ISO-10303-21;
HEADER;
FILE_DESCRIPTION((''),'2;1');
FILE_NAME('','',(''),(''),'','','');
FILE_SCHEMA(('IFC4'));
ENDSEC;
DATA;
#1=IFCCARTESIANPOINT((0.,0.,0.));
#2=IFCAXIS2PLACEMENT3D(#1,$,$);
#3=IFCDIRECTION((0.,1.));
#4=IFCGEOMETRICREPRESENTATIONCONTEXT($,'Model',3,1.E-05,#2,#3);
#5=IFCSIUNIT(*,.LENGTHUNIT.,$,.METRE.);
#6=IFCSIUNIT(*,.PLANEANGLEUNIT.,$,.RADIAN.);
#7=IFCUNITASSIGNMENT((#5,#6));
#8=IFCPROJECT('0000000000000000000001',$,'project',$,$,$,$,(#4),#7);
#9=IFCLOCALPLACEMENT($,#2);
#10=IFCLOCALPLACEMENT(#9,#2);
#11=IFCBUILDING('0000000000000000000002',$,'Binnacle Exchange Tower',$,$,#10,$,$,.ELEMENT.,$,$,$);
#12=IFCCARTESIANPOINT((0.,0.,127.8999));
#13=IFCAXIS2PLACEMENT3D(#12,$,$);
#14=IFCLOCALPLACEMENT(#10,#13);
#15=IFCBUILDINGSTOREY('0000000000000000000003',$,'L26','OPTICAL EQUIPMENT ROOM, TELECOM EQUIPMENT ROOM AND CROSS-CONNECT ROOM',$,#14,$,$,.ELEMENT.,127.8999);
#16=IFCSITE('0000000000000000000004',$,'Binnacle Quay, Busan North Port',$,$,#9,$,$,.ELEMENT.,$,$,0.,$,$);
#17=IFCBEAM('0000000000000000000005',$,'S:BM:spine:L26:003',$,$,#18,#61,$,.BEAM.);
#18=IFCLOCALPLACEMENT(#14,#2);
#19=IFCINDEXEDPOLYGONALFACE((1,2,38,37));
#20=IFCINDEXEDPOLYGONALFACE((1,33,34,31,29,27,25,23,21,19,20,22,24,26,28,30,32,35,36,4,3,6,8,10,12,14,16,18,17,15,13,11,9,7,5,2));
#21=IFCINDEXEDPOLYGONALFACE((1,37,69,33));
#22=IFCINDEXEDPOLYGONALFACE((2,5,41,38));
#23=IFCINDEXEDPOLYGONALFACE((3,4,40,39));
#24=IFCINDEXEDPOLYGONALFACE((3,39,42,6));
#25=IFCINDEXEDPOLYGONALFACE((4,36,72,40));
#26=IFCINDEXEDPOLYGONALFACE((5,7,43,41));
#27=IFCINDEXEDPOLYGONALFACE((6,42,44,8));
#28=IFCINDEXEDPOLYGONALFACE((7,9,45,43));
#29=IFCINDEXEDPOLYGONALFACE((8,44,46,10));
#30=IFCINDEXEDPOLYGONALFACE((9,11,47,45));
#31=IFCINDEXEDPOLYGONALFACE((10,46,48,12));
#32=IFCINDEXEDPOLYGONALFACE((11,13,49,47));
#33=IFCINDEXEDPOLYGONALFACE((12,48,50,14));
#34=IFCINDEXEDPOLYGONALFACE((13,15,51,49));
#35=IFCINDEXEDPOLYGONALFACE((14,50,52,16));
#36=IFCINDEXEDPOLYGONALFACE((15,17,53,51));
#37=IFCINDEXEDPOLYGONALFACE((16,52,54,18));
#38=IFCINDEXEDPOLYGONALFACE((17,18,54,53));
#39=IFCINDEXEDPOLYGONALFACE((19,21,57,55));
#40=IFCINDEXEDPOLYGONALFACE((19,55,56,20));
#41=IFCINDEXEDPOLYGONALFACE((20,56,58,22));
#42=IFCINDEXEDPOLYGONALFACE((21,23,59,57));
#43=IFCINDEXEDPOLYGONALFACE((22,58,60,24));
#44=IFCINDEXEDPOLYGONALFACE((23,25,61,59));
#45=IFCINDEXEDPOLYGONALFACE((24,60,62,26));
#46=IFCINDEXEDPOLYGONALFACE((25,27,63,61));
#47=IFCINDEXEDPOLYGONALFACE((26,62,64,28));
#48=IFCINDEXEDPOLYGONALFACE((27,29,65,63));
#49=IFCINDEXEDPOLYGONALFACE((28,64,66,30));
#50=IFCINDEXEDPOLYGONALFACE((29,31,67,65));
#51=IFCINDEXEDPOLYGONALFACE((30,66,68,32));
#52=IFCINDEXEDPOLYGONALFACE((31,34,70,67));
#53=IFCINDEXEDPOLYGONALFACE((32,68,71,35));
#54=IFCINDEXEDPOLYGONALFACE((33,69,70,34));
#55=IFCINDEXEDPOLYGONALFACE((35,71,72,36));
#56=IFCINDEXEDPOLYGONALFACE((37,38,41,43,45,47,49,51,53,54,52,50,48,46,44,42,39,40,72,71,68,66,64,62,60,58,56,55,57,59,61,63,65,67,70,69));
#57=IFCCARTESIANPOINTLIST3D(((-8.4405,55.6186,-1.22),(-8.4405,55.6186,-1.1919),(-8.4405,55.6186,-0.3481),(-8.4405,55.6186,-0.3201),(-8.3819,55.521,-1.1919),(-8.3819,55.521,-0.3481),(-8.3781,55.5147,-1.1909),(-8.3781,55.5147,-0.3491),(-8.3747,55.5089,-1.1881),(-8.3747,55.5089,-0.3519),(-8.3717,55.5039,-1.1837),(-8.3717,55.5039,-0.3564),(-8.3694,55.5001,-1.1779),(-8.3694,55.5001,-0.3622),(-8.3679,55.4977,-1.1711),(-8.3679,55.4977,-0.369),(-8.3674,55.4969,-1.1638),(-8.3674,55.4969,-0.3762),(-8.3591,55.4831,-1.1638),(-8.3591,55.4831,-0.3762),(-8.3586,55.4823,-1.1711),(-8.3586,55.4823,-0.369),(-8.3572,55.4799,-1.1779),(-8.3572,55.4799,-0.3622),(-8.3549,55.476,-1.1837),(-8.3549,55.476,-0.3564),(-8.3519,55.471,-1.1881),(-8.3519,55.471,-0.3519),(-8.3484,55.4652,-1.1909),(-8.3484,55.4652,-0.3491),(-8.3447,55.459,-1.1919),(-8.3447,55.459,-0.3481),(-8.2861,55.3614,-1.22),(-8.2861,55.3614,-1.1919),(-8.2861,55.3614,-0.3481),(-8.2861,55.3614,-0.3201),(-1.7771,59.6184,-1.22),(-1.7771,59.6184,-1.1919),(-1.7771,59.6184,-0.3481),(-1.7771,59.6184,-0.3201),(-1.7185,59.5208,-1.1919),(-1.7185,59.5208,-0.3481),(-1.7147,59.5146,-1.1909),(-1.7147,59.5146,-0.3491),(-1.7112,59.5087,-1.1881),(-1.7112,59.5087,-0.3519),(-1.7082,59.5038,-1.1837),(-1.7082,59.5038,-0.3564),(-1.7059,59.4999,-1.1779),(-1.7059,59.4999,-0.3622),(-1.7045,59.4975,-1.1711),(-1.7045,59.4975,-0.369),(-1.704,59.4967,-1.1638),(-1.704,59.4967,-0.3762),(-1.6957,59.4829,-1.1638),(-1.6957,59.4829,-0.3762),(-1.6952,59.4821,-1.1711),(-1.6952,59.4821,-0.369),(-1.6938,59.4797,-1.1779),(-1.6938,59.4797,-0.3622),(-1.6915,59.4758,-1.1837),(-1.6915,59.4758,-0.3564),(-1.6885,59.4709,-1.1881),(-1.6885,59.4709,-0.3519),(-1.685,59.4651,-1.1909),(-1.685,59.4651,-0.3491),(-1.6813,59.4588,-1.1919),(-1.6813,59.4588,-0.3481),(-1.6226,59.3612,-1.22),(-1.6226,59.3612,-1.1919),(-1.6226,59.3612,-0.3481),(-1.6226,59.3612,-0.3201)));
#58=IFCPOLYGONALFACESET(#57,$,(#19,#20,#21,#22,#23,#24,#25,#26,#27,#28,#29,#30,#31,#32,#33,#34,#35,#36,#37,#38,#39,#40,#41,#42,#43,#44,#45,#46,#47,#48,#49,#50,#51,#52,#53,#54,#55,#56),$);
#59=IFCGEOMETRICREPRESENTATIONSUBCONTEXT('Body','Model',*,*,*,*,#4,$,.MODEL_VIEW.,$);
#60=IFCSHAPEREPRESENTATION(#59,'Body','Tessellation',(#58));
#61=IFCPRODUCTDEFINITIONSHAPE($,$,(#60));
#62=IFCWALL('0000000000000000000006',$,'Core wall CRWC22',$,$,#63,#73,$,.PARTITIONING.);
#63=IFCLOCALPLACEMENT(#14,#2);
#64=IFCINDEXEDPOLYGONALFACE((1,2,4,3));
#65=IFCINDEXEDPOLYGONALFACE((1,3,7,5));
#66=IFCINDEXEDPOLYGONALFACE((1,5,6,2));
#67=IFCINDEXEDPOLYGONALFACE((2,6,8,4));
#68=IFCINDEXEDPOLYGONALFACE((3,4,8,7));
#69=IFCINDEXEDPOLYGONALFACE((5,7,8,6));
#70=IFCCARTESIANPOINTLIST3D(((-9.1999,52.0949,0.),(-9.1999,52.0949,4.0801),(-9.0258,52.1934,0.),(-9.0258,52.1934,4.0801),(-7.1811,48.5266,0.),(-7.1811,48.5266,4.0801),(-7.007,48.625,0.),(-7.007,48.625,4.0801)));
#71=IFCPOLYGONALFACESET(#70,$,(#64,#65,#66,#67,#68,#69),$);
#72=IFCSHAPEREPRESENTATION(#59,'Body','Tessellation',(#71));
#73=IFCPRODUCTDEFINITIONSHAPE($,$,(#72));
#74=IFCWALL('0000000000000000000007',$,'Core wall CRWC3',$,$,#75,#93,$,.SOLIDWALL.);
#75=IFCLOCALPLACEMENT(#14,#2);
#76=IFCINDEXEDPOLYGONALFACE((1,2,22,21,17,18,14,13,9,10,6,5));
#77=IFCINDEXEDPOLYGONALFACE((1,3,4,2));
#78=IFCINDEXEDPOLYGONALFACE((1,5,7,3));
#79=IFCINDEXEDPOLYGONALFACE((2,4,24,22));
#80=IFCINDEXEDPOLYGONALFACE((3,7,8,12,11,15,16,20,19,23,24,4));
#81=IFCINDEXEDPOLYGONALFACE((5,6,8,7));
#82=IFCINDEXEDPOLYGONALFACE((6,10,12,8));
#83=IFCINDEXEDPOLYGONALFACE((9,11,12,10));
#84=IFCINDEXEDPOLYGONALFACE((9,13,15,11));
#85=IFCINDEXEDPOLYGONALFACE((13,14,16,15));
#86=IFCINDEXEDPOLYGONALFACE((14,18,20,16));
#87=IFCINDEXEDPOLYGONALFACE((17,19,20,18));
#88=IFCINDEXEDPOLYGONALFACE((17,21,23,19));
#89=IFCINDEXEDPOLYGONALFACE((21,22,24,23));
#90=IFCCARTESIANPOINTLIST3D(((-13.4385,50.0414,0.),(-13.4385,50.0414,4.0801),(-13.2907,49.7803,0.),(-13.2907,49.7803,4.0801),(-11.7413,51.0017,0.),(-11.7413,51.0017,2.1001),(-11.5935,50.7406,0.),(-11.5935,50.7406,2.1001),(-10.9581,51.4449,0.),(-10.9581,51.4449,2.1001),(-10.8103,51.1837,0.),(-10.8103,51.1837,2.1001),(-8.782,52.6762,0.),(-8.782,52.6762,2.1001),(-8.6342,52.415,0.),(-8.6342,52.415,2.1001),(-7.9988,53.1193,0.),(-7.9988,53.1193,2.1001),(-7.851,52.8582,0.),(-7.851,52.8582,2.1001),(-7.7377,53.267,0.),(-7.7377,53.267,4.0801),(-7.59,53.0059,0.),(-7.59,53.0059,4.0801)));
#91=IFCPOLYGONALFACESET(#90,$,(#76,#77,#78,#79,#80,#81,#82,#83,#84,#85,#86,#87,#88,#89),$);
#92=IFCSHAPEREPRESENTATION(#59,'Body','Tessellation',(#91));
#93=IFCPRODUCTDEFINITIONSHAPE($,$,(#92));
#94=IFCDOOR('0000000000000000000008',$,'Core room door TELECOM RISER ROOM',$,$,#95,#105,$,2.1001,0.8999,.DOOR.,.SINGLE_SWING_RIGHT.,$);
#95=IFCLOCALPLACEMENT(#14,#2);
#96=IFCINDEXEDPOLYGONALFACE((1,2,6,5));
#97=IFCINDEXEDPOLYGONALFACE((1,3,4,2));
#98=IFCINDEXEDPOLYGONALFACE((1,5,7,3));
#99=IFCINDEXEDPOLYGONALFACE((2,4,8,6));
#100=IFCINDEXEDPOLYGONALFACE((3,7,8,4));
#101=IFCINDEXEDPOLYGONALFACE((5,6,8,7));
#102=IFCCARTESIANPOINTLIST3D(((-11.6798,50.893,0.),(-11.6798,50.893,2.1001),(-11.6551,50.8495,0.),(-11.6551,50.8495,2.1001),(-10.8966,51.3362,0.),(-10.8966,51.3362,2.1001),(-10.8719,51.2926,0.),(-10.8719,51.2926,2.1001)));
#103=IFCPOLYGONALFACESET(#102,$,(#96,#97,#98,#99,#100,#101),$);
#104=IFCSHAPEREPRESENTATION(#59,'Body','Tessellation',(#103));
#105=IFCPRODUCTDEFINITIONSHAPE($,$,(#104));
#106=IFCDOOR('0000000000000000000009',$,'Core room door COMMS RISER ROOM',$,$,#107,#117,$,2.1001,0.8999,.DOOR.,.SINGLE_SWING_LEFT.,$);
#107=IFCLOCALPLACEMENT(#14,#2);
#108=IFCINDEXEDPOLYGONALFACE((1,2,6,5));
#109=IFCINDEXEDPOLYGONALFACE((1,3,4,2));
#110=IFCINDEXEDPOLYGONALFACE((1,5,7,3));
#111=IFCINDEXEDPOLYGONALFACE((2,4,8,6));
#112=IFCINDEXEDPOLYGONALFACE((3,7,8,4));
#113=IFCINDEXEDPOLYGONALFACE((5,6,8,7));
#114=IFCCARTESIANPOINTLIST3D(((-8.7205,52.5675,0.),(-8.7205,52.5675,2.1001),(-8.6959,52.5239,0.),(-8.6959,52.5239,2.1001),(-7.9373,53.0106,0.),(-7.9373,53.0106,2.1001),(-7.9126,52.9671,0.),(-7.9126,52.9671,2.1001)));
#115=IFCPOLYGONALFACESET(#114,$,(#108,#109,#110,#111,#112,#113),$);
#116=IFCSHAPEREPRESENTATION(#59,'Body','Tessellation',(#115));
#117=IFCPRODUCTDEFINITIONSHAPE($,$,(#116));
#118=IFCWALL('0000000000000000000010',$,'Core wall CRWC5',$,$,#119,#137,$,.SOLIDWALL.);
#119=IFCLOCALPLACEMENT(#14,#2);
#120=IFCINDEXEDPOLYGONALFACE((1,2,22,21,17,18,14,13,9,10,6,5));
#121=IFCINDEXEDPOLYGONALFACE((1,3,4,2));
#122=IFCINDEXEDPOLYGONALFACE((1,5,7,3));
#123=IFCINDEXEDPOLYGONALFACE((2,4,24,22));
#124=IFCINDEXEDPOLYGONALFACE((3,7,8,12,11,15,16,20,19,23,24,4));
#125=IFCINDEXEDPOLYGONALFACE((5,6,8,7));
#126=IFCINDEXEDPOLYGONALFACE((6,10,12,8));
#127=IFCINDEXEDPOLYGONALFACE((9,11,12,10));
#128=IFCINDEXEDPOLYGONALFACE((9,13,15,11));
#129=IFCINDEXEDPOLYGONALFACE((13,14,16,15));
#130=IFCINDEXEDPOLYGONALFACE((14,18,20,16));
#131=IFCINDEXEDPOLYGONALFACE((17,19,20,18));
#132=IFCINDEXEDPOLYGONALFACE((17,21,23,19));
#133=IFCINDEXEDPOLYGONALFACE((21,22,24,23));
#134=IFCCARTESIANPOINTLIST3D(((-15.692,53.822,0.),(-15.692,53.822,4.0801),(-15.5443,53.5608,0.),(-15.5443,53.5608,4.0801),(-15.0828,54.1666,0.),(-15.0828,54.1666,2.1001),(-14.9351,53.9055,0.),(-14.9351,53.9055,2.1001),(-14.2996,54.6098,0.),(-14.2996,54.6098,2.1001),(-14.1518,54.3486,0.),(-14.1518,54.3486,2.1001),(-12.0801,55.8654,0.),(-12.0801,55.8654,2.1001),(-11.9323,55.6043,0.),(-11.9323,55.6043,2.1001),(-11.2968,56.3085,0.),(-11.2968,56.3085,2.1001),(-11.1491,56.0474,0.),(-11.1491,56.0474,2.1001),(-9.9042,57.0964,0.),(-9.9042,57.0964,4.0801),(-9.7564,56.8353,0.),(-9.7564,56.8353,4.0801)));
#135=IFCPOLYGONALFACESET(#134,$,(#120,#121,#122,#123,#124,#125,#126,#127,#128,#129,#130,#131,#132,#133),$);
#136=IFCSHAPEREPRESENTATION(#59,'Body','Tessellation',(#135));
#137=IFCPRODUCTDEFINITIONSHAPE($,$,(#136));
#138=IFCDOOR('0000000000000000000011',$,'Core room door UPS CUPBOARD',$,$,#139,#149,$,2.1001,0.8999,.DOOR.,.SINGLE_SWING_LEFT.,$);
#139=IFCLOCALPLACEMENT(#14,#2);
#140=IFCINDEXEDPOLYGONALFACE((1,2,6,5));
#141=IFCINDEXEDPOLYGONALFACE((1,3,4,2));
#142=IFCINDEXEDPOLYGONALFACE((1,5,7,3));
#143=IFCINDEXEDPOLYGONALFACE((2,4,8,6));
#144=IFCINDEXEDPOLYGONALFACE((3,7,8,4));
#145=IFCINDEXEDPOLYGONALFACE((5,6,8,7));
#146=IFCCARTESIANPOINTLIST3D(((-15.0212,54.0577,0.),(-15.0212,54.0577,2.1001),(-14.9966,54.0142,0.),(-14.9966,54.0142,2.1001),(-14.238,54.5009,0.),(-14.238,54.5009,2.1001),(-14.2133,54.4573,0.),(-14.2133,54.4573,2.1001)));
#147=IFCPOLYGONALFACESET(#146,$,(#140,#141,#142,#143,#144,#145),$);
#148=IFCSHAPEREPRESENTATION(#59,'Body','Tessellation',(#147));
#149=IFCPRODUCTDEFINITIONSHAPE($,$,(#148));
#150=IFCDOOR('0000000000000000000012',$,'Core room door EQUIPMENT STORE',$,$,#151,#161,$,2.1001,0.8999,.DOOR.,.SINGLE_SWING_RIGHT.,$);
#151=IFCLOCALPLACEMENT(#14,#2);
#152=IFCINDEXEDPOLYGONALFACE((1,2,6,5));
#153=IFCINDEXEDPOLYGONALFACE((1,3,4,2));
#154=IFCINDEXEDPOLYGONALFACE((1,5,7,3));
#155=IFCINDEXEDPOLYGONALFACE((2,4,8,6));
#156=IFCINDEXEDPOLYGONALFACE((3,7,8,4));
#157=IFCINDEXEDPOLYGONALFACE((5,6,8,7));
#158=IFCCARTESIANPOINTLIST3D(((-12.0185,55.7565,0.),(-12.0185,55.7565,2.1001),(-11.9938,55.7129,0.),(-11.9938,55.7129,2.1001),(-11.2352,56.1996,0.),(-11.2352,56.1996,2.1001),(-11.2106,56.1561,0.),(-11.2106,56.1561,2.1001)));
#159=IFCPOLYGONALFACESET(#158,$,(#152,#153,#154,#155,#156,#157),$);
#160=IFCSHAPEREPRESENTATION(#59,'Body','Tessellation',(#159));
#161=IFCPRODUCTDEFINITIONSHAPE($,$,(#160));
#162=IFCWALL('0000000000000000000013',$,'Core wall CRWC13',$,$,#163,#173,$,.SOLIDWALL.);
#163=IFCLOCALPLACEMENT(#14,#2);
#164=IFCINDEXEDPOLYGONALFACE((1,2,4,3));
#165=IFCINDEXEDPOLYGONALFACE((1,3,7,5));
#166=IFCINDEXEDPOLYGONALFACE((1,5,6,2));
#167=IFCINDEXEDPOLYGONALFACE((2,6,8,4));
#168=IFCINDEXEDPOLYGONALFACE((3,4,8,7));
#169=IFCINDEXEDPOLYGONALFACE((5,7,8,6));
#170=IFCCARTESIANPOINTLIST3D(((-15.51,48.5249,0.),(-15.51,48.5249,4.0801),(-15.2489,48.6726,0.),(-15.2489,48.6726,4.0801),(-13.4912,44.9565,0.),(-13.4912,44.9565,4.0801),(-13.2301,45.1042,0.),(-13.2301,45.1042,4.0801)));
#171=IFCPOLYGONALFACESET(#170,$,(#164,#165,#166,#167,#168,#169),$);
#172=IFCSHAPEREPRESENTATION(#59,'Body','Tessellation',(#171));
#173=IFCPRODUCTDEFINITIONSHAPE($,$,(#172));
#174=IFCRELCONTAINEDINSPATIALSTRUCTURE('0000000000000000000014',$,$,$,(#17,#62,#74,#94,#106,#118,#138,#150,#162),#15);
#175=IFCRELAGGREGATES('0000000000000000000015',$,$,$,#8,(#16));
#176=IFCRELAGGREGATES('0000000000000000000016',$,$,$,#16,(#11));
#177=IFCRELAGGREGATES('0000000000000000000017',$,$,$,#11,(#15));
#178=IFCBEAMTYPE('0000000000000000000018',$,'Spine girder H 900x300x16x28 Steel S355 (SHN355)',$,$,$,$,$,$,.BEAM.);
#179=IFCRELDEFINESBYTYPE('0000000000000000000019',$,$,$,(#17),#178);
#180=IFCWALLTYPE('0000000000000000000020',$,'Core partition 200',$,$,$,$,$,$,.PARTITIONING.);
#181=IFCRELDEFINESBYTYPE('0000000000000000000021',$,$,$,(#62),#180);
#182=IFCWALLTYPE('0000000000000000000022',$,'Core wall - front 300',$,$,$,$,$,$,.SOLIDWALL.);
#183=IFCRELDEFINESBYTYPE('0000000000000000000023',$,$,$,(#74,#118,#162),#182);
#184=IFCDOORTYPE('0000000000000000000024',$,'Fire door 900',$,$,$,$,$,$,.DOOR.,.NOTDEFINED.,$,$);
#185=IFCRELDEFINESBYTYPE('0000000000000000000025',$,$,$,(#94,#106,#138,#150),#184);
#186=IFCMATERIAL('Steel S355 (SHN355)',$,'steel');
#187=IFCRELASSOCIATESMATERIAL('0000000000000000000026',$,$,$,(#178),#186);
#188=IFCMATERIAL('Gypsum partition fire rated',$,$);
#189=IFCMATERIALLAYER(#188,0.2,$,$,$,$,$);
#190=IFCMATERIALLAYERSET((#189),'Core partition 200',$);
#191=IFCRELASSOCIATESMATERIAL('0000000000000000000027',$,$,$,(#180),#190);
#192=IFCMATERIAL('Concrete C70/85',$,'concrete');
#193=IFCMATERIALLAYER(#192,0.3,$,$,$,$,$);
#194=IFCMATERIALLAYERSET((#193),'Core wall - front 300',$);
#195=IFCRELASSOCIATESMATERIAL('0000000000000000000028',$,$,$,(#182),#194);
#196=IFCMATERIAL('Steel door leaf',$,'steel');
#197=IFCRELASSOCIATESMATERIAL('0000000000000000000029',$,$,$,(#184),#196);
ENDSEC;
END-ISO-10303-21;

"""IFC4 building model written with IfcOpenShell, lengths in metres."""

from ifc_helpers import new_model, si_unit, direction, frame, frame_2d, origin, origin_2d, place, context, subcontext, project, spatial, rectangle, i_section, extrude, material, layer, layer_set, material_profile, profile_set, type_object, element, fill, save


model = new_model("IFC4")

# Units and contexts
model_context = context("Model", 3, precision=1e-05, world=origin(), true_north=direction((0.0, 1.0)))
body_context = subcontext(model_context, "Body", "Model", "MODEL_VIEW")
ifc_project = project(units=[si_unit("LENGTHUNIT", "METRE"), si_unit("PLANEANGLEUNIT", "RADIAN")], contexts=[model_context])

# Site, building, storey
site_placement = place(None, origin())
site = spatial("IfcSite", under=ifc_project, at=site_placement, Name="Binnacle Quay, Busan North Port", CompositionType="ELEMENT", RefElevation=0.0)
building_placement = place(site_placement, origin())
building = spatial("IfcBuilding", under=site, at=building_placement, Name="Binnacle Exchange Tower", CompositionType="ELEMENT")
storey_placement = place(building_placement, frame((0.0, 0.0, 127.8999)))
storey = spatial("IfcBuildingStorey", under=building, at=storey_placement, Name="L26", Description="OPTICAL EQUIPMENT ROOM, TELECOM EQUIPMENT ROOM AND CROSS-CONNECT ROOM", CompositionType="ELEMENT", Elevation=127.8999)

# Shared definitions
ifc_material_1 = material(Name="Concrete C70/85", Category="concrete")

# Beam
ifc_material_2 = material(Name="Steel S355 (SHN355)", Category="steel")
ifc_material_profile_1 = material_profile(ifc_material_2, i_section(OverallWidth=0.3, OverallDepth=0.8999, WebThickness=0.0161, FlangeThickness=0.0281, FilletRadius=0.0281, at=origin_2d()), Name="H 900x300x16x28")
ifc_profile_set_1 = profile_set([ifc_material_profile_1], Name="Steel S355 (SHN355)")
beam_type_1 = type_object("IfcBeamType", Name="Spine girder H 900x300x16x28 Steel S355 (SHN355)", PredefinedType="BEAM", material=ifc_profile_set_1)
beam_1_placement = place(storey_placement, frame((-8.3633, 55.49, -0.77), z_axis=(0.857393, 0.514662, 0.0), x_axis=(-0.514662, 0.857393, 0.0)))
element("IfcBeam", 1, at=beam_1_placement, inside=storey, type_object=beam_type_1, Name="S:BM:spine:L26:003", PredefinedType="BEAM", context=body_context, shape_type="SweptSolid", body=[
    extrude(i_section(OverallWidth=0.3, OverallDepth=0.8999, WebThickness=0.0161, FlangeThickness=0.0281, FilletRadius=0.0281, at=origin_2d()), origin(), (0.0, 0.0, 1.0), 7.7717),
])

# Wall
ifc_material_3 = material(Name="Gypsum partition fire rated")
ifc_layer_1 = layer(ifc_material_3, 0.2)
ifc_layer_set_1 = layer_set([ifc_layer_1], Name="Core partition 200")
wall_type_1 = type_object("IfcWallType", Name="Core partition 200", PredefinedType="PARTITIONING", material=ifc_layer_set_1)
wall_1_placement = place(storey_placement, frame((-9.1128, 52.144, 0.0), z_axis=(0.0, 0.0, 1.0), x_axis=(0.492408, -0.870364, 0.0)))
element("IfcWall", 2, at=wall_1_placement, inside=storey, type_object=wall_type_1, Name="Core wall CRWC22", PredefinedType="PARTITIONING", context=body_context, shape_type="SweptSolid", body=[
    extrude(rectangle(XDim=4.0999, YDim=0.2, at=frame_2d((2.0498, 0.0))), origin(), (0.0, 0.0, 1.0), 4.0801),
])

# Walls, openings, doors
ifc_layer_2 = layer(ifc_material_1, 0.3)
ifc_layer_set_2 = layer_set([ifc_layer_2], Name="Core wall - front 300")
wall_type_2 = type_object("IfcWallType", Name="Core wall - front 300", PredefinedType="SOLIDWALL", material=ifc_layer_set_2)
wall_2_placement = place(storey_placement, frame((-13.3645, 49.9109, 0.0), z_axis=(0.0, 0.0, 1.0), x_axis=(0.870336, 0.492458, 0.0)))
wall_2 = element("IfcWall", 3, at=wall_2_placement, inside=storey, type_object=wall_type_2, Name="Core wall CRWC3", PredefinedType="SOLIDWALL", context=body_context, shape_type="SweptSolid", body=[
    extrude(rectangle(XDim=6.55, YDim=0.3, at=frame_2d((3.2749, 0.0))), origin(), (0.0, 0.0, 1.0), 4.0801),
])
opening_1_placement = place(wall_2_placement, frame((1.95, 0.0, 0.0)))
opening_1 = element("IfcOpeningElement", 4, at=opening_1_placement, cuts=wall_2, PredefinedType="OPENING", context=body_context, shape_type="SweptSolid", body=[
    extrude(rectangle(XDim=0.8999, YDim=2.1001, at=frame_2d((0.45, 1.05))), frame((0.0, 0.1599, 0.0), z_axis=(0.0, -1.0, 0.0), x_axis=(1.0, 0.0, 0.0)), (0.0, 0.0, 1.0), 0.3201),
])
opening_2_placement = place(wall_2_placement, frame((5.3501, 0.0, 0.0)))
opening_2 = element("IfcOpeningElement", 5, at=opening_2_placement, cuts=wall_2, PredefinedType="OPENING", context=body_context, shape_type="SweptSolid", body=[
    extrude(rectangle(XDim=0.8999, YDim=2.1001, at=frame_2d((0.45, 1.05))), frame((0.0, 0.1599, 0.0), z_axis=(0.0, -1.0, 0.0), x_axis=(1.0, 0.0, 0.0)), (0.0, 0.0, 1.0), 0.3201),
])
ifc_material_4 = material(Name="Steel door leaf", Category="steel")
door_type_1 = type_object("IfcDoorType", Name="Fire door 900", OperationType="NOTDEFINED", PredefinedType="DOOR", material=ifc_material_4)
door_1_placement = place(opening_1_placement, frame((0.8999, 0.0, 0.0), z_axis=(0.0, 0.0, 1.0), x_axis=(-1.0, 0.0, 0.0)))
door_1 = element("IfcDoor", 6, at=door_1_placement, inside=storey, type_object=door_type_1, Name="Core room door TELECOM RISER ROOM", OperationType="SINGLE_SWING_RIGHT", OverallHeight=2.1001, OverallWidth=0.8999, PredefinedType="DOOR", context=body_context, shape_type="SweptSolid", body=[
    extrude(rectangle(XDim=0.8999, YDim=2.1001, at=frame_2d((0.45, 1.05))), frame((0.0, 0.0249, 0.0), z_axis=(0.0, -1.0, 0.0), x_axis=(1.0, 0.0, 0.0)), (0.0, 0.0, 1.0), 0.05),
])
fill(opening_1, door_1)
door_2_placement = place(opening_2_placement, frame((0.8999, 0.0, 0.0), z_axis=(0.0, 0.0, 1.0), x_axis=(-1.0, 0.0, 0.0)))
door_2 = element("IfcDoor", 7, at=door_2_placement, inside=storey, type_object=door_type_1, Name="Core room door COMMS RISER ROOM", OperationType="SINGLE_SWING_LEFT", OverallHeight=2.1001, OverallWidth=0.8999, PredefinedType="DOOR", context=body_context, shape_type="SweptSolid", body=[
    extrude(rectangle(XDim=0.8999, YDim=2.1001, at=frame_2d((0.45, 1.05))), frame((0.0, 0.0249, 0.0), z_axis=(0.0, -1.0, 0.0), x_axis=(1.0, 0.0, 0.0)), (0.0, 0.0, 1.0), 0.05),
])
fill(opening_2, door_2)
wall_3_placement = place(storey_placement, frame((-15.6182, 53.6914, 0.0), z_axis=(0.0, 0.0, 1.0), x_axis=(0.870368, 0.492402, 0.0)))
wall_3 = element("IfcWall", 8, at=wall_3_placement, inside=storey, type_object=wall_type_2, Name="Core wall CRWC5", PredefinedType="SOLIDWALL", context=body_context, shape_type="SweptSolid", body=[
    extrude(rectangle(XDim=6.6499, YDim=0.3, at=frame_2d((3.325, 0.0))), origin(), (0.0, 0.0, 1.0), 4.0801),
])
opening_3_placement = place(wall_3_placement, frame((0.7, 0.0, 0.0)))
opening_3 = element("IfcOpeningElement", 9, at=opening_3_placement, cuts=wall_3, PredefinedType="OPENING", context=body_context, shape_type="SweptSolid", body=[
    extrude(rectangle(XDim=0.8999, YDim=2.1001, at=frame_2d((0.45, 1.05))), frame((0.0, 0.1599, 0.0), z_axis=(0.0, -1.0, 0.0), x_axis=(1.0, 0.0, 0.0)), (0.0, 0.0, 1.0), 0.3201),
])
opening_4_placement = place(wall_3_placement, frame((4.1499, 0.0, 0.0)))
opening_4 = element("IfcOpeningElement", 10, at=opening_4_placement, cuts=wall_3, PredefinedType="OPENING", context=body_context, shape_type="SweptSolid", body=[
    extrude(rectangle(XDim=0.8999, YDim=2.1001, at=frame_2d((0.45, 1.05))), frame((0.0, 0.1599, 0.0), z_axis=(0.0, -1.0, 0.0), x_axis=(1.0, 0.0, 0.0)), (0.0, 0.0, 1.0), 0.3201),
])
door_3_placement = place(opening_3_placement, origin())
door_3 = element("IfcDoor", 11, at=door_3_placement, inside=storey, type_object=door_type_1, Name="Core room door UPS CUPBOARD", OperationType="SINGLE_SWING_LEFT", OverallHeight=2.1001, OverallWidth=0.8999, PredefinedType="DOOR", context=body_context, shape_type="SweptSolid", body=[
    extrude(rectangle(XDim=0.8999, YDim=2.1001, at=frame_2d((0.45, 1.05))), frame((0.0, 0.0249, 0.0), z_axis=(0.0, -1.0, 0.0), x_axis=(1.0, 0.0, 0.0)), (0.0, 0.0, 1.0), 0.05),
])
fill(opening_3, door_3)
door_4_placement = place(opening_4_placement, origin())
door_4 = element("IfcDoor", 12, at=door_4_placement, inside=storey, type_object=door_type_1, Name="Core room door EQUIPMENT STORE", OperationType="SINGLE_SWING_RIGHT", OverallHeight=2.1001, OverallWidth=0.8999, PredefinedType="DOOR", context=body_context, shape_type="SweptSolid", body=[
    extrude(rectangle(XDim=0.8999, YDim=2.1001, at=frame_2d((0.45, 1.05))), frame((0.0, 0.0249, 0.0), z_axis=(0.0, -1.0, 0.0), x_axis=(1.0, 0.0, 0.0)), (0.0, 0.0, 1.0), 0.05),
])
fill(opening_4, door_4)

# Wall
wall_4_placement = place(storey_placement, frame((-15.3794, 48.5986, 0.0), z_axis=(0.0, 0.0, 1.0), x_axis=(0.492408, -0.870364, 0.0)))
element("IfcWall", 13, at=wall_4_placement, inside=storey, type_object=wall_type_2, Name="Core wall CRWC13", PredefinedType="SOLIDWALL", context=body_context, shape_type="SweptSolid", body=[
    extrude(rectangle(XDim=4.0999, YDim=0.3, at=frame_2d((2.0498, 0.0))), origin(), (0.0, 0.0, 1.0), 4.0801),
])

save(model, "model.ifc")
